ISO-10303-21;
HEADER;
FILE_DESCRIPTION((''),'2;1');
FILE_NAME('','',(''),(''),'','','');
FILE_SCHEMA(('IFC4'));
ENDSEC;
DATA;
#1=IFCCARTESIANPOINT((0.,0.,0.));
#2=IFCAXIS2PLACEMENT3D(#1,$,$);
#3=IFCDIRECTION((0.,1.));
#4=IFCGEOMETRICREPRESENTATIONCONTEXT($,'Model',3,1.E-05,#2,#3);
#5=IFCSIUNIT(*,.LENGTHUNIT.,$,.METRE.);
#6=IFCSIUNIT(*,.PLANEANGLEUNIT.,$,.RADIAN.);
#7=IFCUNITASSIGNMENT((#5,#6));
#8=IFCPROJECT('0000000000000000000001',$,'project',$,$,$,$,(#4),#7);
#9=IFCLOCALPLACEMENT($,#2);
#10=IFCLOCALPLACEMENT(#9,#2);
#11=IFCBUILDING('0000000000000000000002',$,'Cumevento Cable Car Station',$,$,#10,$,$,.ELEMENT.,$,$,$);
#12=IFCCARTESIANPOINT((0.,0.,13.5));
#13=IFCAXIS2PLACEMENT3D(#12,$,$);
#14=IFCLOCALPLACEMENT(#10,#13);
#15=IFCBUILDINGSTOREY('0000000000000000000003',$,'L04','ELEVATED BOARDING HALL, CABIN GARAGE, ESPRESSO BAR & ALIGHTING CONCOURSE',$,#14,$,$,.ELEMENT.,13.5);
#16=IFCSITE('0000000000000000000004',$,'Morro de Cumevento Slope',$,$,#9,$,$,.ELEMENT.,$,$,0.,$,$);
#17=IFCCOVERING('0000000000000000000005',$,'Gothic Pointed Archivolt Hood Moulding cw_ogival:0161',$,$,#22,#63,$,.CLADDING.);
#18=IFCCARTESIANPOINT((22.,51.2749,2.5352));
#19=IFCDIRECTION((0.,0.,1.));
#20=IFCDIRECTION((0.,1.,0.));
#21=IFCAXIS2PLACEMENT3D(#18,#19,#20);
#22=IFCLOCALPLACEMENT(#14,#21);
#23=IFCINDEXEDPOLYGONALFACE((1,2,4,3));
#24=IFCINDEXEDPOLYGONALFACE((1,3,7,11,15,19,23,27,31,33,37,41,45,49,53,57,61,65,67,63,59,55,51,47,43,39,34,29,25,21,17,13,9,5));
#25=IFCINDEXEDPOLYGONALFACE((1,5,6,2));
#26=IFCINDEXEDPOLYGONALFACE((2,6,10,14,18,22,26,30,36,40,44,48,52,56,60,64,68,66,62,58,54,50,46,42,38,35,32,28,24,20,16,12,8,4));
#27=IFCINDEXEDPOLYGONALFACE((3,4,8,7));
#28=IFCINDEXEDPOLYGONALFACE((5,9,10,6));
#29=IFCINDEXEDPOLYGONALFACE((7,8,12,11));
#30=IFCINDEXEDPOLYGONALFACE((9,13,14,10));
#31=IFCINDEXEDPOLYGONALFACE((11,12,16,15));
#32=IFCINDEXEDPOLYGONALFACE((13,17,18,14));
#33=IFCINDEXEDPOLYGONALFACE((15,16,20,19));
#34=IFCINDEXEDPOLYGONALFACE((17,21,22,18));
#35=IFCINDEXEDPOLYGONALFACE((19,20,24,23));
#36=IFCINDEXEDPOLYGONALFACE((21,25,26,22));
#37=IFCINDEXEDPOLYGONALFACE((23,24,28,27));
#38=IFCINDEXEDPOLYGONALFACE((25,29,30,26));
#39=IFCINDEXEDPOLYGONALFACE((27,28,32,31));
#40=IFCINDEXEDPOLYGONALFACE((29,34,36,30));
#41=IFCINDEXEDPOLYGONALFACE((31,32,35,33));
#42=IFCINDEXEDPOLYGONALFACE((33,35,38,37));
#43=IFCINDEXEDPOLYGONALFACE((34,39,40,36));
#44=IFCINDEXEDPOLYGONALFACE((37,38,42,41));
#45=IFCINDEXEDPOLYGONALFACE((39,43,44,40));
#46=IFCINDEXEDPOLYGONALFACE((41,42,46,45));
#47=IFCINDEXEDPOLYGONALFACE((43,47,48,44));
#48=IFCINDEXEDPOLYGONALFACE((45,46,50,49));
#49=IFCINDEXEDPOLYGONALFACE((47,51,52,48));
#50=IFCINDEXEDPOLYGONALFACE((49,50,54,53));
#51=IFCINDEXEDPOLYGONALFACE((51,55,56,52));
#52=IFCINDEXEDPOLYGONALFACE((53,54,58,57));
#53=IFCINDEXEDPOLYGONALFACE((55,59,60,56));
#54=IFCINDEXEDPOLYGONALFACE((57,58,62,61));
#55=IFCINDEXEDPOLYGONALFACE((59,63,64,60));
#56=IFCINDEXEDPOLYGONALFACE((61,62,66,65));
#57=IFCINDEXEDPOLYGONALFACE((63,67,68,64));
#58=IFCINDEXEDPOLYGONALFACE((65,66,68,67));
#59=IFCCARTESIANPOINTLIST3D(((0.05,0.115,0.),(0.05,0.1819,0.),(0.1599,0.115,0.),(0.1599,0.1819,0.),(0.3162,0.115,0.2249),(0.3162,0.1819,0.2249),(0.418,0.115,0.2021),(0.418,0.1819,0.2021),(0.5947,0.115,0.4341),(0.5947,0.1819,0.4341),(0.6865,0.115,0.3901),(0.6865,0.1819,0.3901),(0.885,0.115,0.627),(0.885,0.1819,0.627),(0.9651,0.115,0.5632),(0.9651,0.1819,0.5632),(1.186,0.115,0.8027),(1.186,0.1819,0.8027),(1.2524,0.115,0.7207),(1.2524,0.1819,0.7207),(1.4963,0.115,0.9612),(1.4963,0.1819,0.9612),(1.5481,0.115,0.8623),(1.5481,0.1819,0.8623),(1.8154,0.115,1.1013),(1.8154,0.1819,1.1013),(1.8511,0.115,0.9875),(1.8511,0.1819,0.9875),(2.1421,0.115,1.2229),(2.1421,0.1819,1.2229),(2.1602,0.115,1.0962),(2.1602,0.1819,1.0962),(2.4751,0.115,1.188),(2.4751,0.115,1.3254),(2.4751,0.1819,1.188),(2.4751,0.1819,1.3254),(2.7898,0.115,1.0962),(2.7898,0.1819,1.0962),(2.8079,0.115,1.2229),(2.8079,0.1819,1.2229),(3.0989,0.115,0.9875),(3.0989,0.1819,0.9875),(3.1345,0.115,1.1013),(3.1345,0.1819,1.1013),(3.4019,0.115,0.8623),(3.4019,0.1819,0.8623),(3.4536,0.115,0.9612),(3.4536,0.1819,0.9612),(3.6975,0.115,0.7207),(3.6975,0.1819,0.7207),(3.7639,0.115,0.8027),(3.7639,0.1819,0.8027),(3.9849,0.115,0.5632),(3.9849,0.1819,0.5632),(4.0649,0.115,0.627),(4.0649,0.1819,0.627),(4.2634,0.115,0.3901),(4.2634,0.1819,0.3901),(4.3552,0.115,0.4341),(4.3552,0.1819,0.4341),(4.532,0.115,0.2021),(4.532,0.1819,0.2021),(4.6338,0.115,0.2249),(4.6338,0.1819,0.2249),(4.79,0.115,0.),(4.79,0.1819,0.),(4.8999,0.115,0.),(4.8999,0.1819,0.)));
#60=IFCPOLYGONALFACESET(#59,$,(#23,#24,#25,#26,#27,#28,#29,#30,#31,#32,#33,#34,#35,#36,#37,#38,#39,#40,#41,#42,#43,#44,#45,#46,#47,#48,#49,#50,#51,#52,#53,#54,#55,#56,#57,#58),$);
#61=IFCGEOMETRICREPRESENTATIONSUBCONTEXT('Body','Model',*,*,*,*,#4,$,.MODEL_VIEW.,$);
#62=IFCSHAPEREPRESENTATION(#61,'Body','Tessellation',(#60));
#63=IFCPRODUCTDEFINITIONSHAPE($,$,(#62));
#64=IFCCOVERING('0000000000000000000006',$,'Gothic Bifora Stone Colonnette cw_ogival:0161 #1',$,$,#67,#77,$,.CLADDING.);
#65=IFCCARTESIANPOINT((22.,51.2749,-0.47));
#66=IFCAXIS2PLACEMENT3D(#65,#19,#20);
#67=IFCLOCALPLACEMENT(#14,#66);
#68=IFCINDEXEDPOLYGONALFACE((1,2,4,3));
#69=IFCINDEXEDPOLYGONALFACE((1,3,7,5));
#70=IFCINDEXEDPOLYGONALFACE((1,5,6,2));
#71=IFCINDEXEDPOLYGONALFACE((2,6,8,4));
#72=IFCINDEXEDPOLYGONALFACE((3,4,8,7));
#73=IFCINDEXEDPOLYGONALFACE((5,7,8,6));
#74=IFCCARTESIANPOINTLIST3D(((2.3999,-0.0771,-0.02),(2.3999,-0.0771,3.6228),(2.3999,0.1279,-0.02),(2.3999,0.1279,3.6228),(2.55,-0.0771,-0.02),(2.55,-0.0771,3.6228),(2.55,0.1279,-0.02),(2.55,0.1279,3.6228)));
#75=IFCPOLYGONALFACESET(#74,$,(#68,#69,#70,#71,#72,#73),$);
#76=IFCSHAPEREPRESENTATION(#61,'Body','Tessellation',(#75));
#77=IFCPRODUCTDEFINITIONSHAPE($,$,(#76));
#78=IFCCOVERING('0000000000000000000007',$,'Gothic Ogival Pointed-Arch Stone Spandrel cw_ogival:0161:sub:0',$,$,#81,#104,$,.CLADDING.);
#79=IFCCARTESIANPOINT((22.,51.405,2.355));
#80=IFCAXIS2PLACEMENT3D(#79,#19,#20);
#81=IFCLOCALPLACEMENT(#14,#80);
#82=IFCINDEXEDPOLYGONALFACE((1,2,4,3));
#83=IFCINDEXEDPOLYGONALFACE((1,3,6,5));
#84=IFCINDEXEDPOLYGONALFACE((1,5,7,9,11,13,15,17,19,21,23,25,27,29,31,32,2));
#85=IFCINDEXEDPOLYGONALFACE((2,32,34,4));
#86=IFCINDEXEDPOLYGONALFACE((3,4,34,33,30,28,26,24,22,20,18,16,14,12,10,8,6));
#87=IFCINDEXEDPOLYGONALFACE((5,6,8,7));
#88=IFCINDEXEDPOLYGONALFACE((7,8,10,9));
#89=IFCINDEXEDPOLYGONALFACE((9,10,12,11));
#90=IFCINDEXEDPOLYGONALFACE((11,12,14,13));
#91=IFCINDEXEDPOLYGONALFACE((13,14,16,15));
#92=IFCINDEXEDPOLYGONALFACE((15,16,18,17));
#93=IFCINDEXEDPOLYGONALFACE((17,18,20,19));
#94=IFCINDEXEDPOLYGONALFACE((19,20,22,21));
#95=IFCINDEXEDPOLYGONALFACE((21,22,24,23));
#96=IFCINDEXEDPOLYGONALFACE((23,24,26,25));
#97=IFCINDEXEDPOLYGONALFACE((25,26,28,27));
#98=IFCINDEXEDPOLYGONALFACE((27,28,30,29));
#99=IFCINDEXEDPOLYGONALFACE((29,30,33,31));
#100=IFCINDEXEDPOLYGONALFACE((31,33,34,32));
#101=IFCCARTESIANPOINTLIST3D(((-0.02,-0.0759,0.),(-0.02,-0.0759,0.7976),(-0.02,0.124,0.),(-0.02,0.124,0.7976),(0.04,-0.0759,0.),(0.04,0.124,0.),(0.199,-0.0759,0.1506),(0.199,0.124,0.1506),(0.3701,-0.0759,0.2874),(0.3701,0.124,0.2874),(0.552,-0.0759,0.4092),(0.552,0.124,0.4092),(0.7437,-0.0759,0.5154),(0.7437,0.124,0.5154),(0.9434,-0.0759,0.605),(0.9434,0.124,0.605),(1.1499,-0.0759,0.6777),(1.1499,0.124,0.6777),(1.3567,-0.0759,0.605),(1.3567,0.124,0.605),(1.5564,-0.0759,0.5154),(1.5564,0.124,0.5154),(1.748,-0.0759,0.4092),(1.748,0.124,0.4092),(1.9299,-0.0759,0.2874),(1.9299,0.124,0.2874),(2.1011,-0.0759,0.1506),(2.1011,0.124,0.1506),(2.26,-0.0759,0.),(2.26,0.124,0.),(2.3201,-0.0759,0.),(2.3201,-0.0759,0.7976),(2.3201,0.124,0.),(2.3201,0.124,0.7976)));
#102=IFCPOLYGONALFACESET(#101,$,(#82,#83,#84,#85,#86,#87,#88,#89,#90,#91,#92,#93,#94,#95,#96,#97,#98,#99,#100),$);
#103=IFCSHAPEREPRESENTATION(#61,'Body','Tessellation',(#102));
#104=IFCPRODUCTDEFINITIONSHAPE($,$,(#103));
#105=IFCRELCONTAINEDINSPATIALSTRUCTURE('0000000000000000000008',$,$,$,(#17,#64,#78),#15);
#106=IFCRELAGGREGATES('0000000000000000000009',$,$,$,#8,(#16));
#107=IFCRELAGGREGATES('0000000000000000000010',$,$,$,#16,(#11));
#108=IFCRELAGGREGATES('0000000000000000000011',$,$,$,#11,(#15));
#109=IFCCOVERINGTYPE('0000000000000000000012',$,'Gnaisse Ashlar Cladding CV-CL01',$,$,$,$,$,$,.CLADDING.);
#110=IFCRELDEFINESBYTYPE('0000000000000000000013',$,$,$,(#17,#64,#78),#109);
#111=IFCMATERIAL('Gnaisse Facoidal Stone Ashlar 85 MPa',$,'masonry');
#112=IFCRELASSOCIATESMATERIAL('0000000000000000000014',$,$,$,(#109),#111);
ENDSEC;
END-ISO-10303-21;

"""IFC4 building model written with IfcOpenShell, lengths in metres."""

from ifc_helpers import new_model, si_unit, direction, frame, origin, place, context, subcontext, project, spatial, polyline, outline, extrude, material, type_object, element, save


model = new_model("IFC4")

# Units and contexts
model_context = context("Model", 3, precision=1e-05, world=origin(), true_north=direction((0.0, 1.0)))
body_context = subcontext(model_context, "Body", "Model", "MODEL_VIEW")
ifc_project = project(units=[si_unit("LENGTHUNIT", "METRE"), si_unit("PLANEANGLEUNIT", "RADIAN")], contexts=[model_context])

# Site, building, storey
site_placement = place(None, origin())
site = spatial("IfcSite", under=ifc_project, at=site_placement, Name="Morro de Cumevento Slope", CompositionType="ELEMENT", RefElevation=0.0)
building_placement = place(site_placement, origin())
building = spatial("IfcBuilding", under=site, at=building_placement, Name="Cumevento Cable Car Station", CompositionType="ELEMENT")
storey_placement = place(building_placement, frame((0.0, 0.0, 13.5)))
storey = spatial("IfcBuildingStorey", under=building, at=storey_placement, Name="L04", Description="ELEVATED BOARDING HALL, CABIN GARAGE, ESPRESSO BAR & ALIGHTING CONCOURSE", CompositionType="ELEMENT", Elevation=13.5)

# Coverings
ifc_material_1 = material(Name="Gnaisse Facoidal Stone Ashlar 85 MPa", Category="masonry")
covering_type = type_object("IfcCoveringType", Name="Gnaisse Ashlar Cladding CV-CL01", PredefinedType="CLADDING", material=ifc_material_1)
covering_1_placement = place(storey_placement, frame((22.0, 51.2749, 2.5352), z_axis=(0.0, 0.0, 1.0), x_axis=(0.0, 1.0, 0.0)))
element("IfcCovering", 1, at=covering_1_placement, inside=storey, type_object=covering_type, Name="Gothic Pointed Archivolt Hood Moulding cw_ogival:0161", PredefinedType="CLADDING", context=body_context, shape_type="SweptSolid", body=[
    extrude(outline(polyline([(0.1599, 0.0), (0.418, 0.2021), (0.6865, 0.3901), (0.9651, 0.5632), (1.2524, 0.7207), (1.5481, 0.8623), (1.8511, 0.9875), (2.1602, 1.0962), (2.4751, 1.188), (2.7898, 1.0962), (3.0989, 0.9875), (3.4019, 0.8623), (3.6975, 0.7207), (3.9849, 0.5632), (4.2634, 0.3901), (4.532, 0.2021), (4.79, 0.0), (4.8999, 0.0), (4.6338, 0.2249), (4.3552, 0.4341), (4.0649, 0.627), (3.7639, 0.8027), (3.4536, 0.9612), (3.1345, 1.1013), (2.8079, 1.2229), (2.4751, 1.3254), (2.1421, 1.2229), (1.8154, 1.1013), (1.4963, 0.9612), (1.186, 0.8027), (0.885, 0.627), (0.5947, 0.4341), (0.3162, 0.2249), (0.05, 0.0), (0.1599, 0.0)])), frame((0.0, 0.1819, 0.0), z_axis=(0.0, -1.0, 0.0), x_axis=(1.0, 0.0, 0.0)), (0.0, 0.0, 1.0), 0.0669),
])
covering_2_placement = place(storey_placement, frame((22.0, 51.2749, -0.47), z_axis=(0.0, 0.0, 1.0), x_axis=(0.0, 1.0, 0.0)))
element("IfcCovering", 2, at=covering_2_placement, inside=storey, type_object=covering_type, Name="Gothic Bifora Stone Colonnette cw_ogival:0161 #1", PredefinedType="CLADDING", context=body_context, shape_type="SweptSolid", body=[
    extrude(outline(polyline([(2.3999, -0.02), (2.55, -0.02), (2.55, 3.6228), (2.3999, 3.6228), (2.3999, -0.02)])), frame((0.0, 0.1279, 0.0), z_axis=(0.0, -1.0, 0.0), x_axis=(1.0, 0.0, 0.0)), (0.0, 0.0, 1.0), 0.2051),
])
covering_3_placement = place(storey_placement, frame((22.0, 51.405, 2.355), z_axis=(0.0, 0.0, 1.0), x_axis=(0.0, 1.0, 0.0)))
element("IfcCovering", 3, at=covering_3_placement, inside=storey, type_object=covering_type, Name="Gothic Ogival Pointed-Arch Stone Spandrel cw_ogival:0161:sub:0", PredefinedType="CLADDING", context=body_context, shape_type="SweptSolid", body=[
    extrude(outline(polyline([(-0.02, 0.0), (-0.02, 0.7976), (2.3201, 0.7976), (2.3201, 0.0), (2.26, 0.0), (2.1011, 0.1506), (1.9299, 0.2874), (1.748, 0.4092), (1.5564, 0.5154), (1.3567, 0.605), (1.1499, 0.6777), (0.9434, 0.605), (0.7437, 0.5154), (0.552, 0.4092), (0.3701, 0.2874), (0.199, 0.1506), (0.04, 0.0), (-0.02, 0.0)])), frame((0.0, 0.124, 0.0), z_axis=(0.0, -1.0, 0.0), x_axis=(1.0, 0.0, 0.0)), (0.0, 0.0, 1.0), 0.2),
])

save(model, "model.ifc")
